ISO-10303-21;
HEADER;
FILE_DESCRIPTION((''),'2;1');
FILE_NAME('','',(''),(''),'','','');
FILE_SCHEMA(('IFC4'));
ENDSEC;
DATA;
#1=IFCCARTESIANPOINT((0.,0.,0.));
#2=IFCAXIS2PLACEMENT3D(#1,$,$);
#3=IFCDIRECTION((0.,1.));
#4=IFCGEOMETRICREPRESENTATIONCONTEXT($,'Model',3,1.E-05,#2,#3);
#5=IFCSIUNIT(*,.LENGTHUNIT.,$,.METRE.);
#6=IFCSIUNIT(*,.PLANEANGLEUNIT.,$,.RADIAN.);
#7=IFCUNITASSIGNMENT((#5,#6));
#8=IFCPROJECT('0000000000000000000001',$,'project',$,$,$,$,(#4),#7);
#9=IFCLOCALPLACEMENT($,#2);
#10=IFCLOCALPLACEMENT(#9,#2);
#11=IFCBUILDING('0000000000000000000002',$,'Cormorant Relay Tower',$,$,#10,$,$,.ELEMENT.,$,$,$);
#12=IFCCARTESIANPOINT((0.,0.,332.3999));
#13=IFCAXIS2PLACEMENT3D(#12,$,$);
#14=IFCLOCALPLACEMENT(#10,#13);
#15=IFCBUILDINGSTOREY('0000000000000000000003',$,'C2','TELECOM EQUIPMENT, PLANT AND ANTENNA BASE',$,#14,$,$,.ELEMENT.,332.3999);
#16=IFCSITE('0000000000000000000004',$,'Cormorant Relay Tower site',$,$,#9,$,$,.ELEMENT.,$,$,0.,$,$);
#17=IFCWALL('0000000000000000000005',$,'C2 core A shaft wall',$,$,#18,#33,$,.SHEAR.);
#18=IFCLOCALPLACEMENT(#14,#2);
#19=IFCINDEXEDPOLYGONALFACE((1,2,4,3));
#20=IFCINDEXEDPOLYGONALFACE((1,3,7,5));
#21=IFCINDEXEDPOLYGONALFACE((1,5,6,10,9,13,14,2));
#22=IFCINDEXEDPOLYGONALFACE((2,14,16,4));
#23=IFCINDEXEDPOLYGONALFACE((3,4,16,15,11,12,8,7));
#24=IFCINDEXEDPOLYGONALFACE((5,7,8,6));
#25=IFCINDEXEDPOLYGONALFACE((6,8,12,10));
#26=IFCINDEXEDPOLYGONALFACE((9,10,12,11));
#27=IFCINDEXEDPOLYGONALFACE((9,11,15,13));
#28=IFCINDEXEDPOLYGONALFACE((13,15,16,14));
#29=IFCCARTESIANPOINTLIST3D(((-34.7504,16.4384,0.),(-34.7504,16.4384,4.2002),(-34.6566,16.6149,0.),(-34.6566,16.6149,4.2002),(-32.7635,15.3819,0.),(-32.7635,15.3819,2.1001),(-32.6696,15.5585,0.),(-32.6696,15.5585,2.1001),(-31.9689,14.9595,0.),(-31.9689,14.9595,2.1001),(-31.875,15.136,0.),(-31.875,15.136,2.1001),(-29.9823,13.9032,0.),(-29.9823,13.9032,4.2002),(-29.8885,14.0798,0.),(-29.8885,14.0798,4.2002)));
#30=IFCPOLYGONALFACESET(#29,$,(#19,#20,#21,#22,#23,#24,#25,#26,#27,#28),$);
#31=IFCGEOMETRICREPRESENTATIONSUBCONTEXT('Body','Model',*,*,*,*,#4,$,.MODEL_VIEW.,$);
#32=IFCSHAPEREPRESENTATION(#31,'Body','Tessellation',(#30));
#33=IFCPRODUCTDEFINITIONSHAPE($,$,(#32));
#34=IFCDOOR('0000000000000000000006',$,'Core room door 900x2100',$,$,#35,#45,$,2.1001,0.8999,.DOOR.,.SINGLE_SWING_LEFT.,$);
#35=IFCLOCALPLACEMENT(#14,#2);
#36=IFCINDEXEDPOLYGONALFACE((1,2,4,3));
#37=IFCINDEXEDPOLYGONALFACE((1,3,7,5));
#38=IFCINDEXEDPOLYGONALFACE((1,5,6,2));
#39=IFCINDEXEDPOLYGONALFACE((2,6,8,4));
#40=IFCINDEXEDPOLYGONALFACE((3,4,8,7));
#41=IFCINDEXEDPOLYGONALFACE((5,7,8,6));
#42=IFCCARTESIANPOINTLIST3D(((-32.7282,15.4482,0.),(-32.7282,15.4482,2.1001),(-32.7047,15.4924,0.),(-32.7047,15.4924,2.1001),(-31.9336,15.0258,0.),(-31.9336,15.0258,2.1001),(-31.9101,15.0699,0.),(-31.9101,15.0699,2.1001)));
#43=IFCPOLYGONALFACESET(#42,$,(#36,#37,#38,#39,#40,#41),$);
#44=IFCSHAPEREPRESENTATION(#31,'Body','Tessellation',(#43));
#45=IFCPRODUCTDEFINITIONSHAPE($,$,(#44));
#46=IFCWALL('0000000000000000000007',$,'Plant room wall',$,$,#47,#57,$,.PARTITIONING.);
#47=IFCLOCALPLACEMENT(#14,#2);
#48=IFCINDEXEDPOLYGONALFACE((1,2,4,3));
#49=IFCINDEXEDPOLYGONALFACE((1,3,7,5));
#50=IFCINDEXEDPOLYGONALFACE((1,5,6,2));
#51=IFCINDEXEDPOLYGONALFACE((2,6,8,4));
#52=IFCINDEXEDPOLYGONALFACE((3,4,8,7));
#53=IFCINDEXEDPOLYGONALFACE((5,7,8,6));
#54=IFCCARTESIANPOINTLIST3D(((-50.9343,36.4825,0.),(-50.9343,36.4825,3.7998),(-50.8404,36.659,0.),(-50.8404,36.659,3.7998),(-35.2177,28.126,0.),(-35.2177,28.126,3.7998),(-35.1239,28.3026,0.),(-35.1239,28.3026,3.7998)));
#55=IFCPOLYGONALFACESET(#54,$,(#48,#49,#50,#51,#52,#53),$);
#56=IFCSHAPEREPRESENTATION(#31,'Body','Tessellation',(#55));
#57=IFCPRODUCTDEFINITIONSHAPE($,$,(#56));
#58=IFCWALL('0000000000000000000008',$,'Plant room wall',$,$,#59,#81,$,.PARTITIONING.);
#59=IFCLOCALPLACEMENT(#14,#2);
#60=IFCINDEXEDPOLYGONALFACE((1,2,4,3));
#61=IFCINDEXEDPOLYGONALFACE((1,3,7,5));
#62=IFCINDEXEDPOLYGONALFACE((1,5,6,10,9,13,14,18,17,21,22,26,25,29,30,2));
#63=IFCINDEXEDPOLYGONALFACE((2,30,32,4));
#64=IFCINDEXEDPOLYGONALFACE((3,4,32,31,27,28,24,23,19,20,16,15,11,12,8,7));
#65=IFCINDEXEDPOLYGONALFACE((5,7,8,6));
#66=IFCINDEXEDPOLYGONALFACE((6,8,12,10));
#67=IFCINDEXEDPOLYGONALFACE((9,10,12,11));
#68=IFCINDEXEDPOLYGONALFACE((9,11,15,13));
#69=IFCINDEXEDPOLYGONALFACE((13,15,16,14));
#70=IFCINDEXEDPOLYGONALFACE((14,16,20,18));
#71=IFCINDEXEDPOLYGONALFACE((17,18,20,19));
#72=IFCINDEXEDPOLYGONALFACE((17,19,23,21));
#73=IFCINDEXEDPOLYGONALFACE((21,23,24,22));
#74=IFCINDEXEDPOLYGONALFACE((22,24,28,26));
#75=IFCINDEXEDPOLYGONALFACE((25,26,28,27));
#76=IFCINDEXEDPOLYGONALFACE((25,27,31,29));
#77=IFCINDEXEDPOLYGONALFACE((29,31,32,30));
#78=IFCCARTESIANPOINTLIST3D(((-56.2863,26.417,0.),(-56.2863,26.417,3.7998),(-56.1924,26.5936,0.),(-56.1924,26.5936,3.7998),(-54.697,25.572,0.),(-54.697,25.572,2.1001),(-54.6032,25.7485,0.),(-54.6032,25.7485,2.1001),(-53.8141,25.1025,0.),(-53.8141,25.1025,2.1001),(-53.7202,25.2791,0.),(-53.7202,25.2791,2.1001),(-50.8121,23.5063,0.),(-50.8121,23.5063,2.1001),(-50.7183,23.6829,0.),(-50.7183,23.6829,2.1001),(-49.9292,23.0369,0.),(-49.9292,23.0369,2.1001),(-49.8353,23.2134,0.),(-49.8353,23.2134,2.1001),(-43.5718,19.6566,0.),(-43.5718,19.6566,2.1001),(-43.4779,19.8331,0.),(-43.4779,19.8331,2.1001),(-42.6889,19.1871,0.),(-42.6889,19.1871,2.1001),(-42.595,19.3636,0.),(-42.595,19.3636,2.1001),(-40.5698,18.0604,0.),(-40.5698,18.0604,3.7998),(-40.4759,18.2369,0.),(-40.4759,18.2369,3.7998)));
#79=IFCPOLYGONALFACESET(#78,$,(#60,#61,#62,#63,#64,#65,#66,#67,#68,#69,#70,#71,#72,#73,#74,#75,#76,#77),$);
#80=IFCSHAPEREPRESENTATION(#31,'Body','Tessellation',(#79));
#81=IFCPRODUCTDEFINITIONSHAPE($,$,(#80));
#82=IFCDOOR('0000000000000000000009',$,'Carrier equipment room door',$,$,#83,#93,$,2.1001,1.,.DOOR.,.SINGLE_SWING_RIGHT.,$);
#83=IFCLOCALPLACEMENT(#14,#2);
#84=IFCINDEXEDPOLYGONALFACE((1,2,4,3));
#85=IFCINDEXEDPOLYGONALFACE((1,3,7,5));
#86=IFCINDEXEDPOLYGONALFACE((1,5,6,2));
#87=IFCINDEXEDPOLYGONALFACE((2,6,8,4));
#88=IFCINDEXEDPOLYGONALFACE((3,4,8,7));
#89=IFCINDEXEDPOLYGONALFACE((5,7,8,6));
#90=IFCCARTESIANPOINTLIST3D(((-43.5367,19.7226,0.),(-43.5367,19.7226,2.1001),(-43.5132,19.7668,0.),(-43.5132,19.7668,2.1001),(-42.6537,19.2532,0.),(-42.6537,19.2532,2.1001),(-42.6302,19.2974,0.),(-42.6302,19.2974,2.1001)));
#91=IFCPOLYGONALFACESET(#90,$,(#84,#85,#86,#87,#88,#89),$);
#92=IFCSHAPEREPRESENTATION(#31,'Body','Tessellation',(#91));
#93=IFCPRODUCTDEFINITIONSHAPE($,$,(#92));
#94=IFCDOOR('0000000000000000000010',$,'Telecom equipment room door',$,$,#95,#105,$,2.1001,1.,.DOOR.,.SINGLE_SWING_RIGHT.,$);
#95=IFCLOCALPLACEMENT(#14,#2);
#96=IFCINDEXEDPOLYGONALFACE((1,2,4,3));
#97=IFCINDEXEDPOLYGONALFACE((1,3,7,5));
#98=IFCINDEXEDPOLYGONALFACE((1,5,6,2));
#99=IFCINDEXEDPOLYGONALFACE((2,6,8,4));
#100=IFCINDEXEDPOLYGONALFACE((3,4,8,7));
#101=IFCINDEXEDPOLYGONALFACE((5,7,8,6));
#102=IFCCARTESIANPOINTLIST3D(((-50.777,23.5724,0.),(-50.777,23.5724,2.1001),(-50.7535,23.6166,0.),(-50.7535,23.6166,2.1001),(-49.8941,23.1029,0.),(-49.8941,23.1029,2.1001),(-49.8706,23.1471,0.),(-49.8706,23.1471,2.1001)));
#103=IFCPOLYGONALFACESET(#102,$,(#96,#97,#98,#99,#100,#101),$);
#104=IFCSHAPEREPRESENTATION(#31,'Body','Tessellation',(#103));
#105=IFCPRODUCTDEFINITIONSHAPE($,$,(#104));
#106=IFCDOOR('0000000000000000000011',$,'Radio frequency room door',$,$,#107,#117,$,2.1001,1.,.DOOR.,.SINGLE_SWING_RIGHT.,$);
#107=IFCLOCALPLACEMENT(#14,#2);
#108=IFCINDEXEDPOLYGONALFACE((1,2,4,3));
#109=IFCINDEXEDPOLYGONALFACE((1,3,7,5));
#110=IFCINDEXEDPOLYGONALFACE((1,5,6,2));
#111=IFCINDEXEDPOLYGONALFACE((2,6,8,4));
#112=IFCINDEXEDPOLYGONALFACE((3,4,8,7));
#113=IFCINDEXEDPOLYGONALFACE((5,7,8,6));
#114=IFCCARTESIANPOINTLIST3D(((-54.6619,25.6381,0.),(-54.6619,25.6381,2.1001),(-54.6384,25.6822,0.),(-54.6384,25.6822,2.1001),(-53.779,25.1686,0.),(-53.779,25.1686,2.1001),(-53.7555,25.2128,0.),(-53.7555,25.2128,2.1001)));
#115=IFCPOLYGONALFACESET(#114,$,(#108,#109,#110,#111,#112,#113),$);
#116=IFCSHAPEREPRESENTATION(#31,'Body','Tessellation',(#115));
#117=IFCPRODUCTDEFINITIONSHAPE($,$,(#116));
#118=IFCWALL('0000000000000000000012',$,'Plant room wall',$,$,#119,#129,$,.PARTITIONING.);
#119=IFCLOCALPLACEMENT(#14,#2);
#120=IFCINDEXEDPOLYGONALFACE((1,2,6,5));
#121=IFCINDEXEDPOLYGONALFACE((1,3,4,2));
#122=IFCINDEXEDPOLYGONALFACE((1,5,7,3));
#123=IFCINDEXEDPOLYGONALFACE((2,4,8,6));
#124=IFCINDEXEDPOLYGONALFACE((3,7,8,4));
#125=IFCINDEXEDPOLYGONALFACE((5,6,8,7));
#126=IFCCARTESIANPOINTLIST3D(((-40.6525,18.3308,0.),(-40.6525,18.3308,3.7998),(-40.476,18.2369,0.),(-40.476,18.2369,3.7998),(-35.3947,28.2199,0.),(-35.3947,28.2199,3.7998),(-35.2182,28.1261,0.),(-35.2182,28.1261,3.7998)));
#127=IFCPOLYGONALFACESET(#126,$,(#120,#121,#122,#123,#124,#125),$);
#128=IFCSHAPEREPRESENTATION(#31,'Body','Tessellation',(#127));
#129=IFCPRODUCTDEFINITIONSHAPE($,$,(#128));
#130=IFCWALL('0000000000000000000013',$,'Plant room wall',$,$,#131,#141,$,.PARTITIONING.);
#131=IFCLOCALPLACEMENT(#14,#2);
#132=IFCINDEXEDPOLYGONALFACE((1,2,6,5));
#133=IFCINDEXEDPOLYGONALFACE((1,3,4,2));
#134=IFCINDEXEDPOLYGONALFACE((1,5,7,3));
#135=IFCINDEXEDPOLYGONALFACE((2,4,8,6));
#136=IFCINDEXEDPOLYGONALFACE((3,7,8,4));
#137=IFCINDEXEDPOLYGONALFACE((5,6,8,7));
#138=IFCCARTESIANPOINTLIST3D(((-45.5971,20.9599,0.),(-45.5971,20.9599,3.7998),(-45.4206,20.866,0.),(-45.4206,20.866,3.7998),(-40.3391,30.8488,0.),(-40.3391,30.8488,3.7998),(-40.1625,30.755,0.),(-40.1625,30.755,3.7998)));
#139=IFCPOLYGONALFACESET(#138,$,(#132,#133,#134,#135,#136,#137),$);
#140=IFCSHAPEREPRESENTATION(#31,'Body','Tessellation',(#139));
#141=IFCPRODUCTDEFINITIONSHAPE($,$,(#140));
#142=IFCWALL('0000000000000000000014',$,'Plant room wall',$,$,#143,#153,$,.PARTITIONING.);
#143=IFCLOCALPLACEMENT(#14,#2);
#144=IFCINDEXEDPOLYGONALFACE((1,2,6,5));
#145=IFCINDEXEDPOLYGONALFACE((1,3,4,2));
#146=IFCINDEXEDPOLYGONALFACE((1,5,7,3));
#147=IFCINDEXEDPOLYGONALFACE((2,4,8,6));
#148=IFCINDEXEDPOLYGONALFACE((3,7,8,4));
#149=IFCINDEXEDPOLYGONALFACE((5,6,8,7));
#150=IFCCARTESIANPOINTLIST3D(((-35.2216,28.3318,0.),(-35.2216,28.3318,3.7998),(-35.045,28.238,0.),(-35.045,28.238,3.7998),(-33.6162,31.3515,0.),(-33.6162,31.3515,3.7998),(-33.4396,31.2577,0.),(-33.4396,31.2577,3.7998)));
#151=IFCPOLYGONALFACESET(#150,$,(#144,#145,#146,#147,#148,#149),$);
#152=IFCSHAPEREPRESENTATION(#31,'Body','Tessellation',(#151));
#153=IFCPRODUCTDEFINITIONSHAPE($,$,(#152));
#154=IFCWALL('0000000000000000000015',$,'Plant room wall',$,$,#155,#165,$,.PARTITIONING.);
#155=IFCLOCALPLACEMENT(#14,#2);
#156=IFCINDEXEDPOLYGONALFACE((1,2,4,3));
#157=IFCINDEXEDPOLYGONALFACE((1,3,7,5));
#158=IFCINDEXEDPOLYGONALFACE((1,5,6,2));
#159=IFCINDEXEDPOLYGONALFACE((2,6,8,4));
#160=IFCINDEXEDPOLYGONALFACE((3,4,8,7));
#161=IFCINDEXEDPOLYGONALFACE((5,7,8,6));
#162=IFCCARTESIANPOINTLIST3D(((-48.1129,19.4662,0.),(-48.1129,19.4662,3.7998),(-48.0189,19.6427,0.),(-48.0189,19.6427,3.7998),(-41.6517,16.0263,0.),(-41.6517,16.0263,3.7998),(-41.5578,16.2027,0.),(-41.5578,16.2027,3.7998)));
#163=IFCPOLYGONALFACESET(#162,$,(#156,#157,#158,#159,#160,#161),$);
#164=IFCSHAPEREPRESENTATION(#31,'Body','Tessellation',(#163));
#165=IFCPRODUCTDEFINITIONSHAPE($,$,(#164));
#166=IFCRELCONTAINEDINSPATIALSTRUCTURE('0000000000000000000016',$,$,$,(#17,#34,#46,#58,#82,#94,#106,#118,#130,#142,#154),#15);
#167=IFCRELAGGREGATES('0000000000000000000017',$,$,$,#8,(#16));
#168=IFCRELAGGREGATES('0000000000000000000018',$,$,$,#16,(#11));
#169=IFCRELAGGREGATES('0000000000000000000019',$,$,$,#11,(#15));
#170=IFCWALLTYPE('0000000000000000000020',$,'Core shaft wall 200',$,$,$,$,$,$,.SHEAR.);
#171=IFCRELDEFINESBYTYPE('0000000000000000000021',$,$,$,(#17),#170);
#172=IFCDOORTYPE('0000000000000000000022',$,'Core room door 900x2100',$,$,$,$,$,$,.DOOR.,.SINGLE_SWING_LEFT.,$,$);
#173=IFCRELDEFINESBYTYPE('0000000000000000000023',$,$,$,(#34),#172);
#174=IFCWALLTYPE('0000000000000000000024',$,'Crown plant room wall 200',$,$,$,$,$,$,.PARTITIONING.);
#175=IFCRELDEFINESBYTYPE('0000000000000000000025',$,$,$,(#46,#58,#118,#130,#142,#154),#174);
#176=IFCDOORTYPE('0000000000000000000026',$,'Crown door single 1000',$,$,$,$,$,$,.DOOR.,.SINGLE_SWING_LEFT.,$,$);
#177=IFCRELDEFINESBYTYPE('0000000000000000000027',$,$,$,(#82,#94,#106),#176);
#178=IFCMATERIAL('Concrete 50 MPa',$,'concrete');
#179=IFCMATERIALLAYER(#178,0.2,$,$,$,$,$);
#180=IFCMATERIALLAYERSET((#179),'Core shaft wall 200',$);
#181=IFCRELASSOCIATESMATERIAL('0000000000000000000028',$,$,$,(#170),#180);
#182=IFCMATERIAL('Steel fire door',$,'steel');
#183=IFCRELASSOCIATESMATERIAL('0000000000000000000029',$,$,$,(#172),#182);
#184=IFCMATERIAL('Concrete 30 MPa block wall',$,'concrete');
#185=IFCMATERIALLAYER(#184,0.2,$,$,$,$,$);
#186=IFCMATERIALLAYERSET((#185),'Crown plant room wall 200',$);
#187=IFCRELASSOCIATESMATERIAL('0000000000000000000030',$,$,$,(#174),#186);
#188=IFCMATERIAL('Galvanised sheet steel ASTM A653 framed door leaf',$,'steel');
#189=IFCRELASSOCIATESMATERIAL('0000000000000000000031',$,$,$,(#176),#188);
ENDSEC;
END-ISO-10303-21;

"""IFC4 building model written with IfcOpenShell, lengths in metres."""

from ifc_helpers import new_model, si_unit, direction, frame, frame_2d, origin, place, context, subcontext, project, spatial, rectangle, extrude, material, layer, layer_set, type_object, element, fill, save


model = new_model("IFC4")

# Units and contexts
model_context = context("Model", 3, precision=1e-05, world=origin(), true_north=direction((0.0, 1.0)))
body_context = subcontext(model_context, "Body", "Model", "MODEL_VIEW")
ifc_project = project(units=[si_unit("LENGTHUNIT", "METRE"), si_unit("PLANEANGLEUNIT", "RADIAN")], contexts=[model_context])

# Site, building, storey
site_placement = place(None, origin())
site = spatial("IfcSite", under=ifc_project, at=site_placement, Name="Cormorant Relay Tower site", CompositionType="ELEMENT", RefElevation=0.0)
building_placement = place(site_placement, origin())
building = spatial("IfcBuilding", under=site, at=building_placement, Name="Cormorant Relay Tower", CompositionType="ELEMENT")
storey_placement = place(building_placement, frame((0.0, 0.0, 332.3999)))
storey = spatial("IfcBuildingStorey", under=building, at=storey_placement, Name="C2", Description="TELECOM EQUIPMENT, PLANT AND ANTENNA BASE", CompositionType="ELEMENT", Elevation=332.3999)

# Shared definitions
ifc_material_1 = material(Name="Concrete 50 MPa", Category="concrete")
ifc_layer_1 = layer(ifc_material_1, 0.2)
ifc_layer_set_1 = layer_set([ifc_layer_1], Name="Core shaft wall 200")
wall_type_1 = type_object("IfcWallType", Name="Core shaft wall 200", PredefinedType="SHEAR", material=ifc_layer_set_1)

# Shared definitions
ifc_material_2 = material(Name="Steel fire door", Category="steel")
door_type_1 = type_object("IfcDoorType", Name="Core room door 900x2100", OperationType="SINGLE_SWING_LEFT", PredefinedType="DOOR", material=ifc_material_2)

# Wall, opening, door
wall_1_placement = place(storey_placement, frame((-29.9353, 13.9915, 0.0), z_axis=(0.0, 0.0, 1.0), x_axis=(-0.882953, 0.469462, 0.0)))
wall_1 = element("IfcWall", 1, at=wall_1_placement, inside=storey, type_object=wall_type_1, Name="C2 core A shaft wall", PredefinedType="SHEAR", context=body_context, shape_type="SweptSolid", body=[
    extrude(rectangle(XDim=5.4001, YDim=0.2, at=frame_2d((2.7002, 0.0))), origin(), (0.0, 0.0, 1.0), 4.2002),
])
opening_1_placement = place(wall_1_placement, frame((2.25, 0.0, 0.0)))
opening_1 = element("IfcOpeningElement", 2, at=opening_1_placement, cuts=wall_1, PredefinedType="OPENING", context=body_context, shape_type="SweptSolid", body=[
    extrude(rectangle(XDim=0.8999, YDim=2.1001, at=frame_2d((0.45, 1.05))), frame((0.0, 0.1099, 0.0), z_axis=(0.0, -1.0, 0.0), x_axis=(1.0, 0.0, 0.0)), (0.0, 0.0, 1.0), 0.22),
])
door_1_placement = place(opening_1_placement, origin())
door_1 = element("IfcDoor", 3, at=door_1_placement, inside=storey, type_object=door_type_1, Name="Core room door 900x2100", OperationType="SINGLE_SWING_LEFT", OverallHeight=2.1001, OverallWidth=0.8999, PredefinedType="DOOR", context=body_context, shape_type="SweptSolid", body=[
    extrude(rectangle(XDim=0.8999, YDim=2.1001, at=frame_2d((0.45, 1.05))), frame((0.0, 0.0249, 0.0), z_axis=(0.0, -1.0, 0.0), x_axis=(1.0, 0.0, 0.0)), (0.0, 0.0, 1.0), 0.05),
])
fill(opening_1, door_1)

# Wall
ifc_material_3 = material(Name="Concrete 30 MPa block wall", Category="concrete")
ifc_layer_2 = layer(ifc_material_3, 0.2)
ifc_layer_set_2 = layer_set([ifc_layer_2], Name="Crown plant room wall 200")
wall_type_2 = type_object("IfcWallType", Name="Crown plant room wall 200", PredefinedType="PARTITIONING", material=ifc_layer_set_2)
wall_2_placement = place(storey_placement, frame((-35.1709, 28.2144, 0.0), z_axis=(0.0, 0.0, 1.0), x_axis=(-0.882952, 0.469463, 0.0)))
element("IfcWall", 4, at=wall_2_placement, inside=storey, type_object=wall_type_2, Name="Plant room wall", PredefinedType="PARTITIONING", context=body_context, shape_type="SweptSolid", body=[
    extrude(rectangle(XDim=17.8, YDim=0.2, at=frame_2d((8.8999, 0.0))), origin(), (0.0, 0.0, 1.0), 3.7998),
])

# Wall, openings, doors
wall_3_placement = place(storey_placement, frame((-40.5229, 18.1487, 0.0), z_axis=(0.0, 0.0, 1.0), x_axis=(-0.882946, 0.469474, 0.0)))
wall_3 = element("IfcWall", 5, at=wall_3_placement, inside=storey, type_object=wall_type_2, Name="Plant room wall", PredefinedType="PARTITIONING", context=body_context, shape_type="SweptSolid", body=[
    extrude(rectangle(XDim=17.8, YDim=0.2, at=frame_2d((8.8999, 0.0))), origin(), (0.0, 0.0, 1.0), 3.7998),
])
opening_2_placement = place(wall_3_placement, frame((2.3999, 0.0, 0.0)))
opening_2 = element("IfcOpeningElement", 6, at=opening_2_placement, cuts=wall_3, PredefinedType="OPENING", context=body_context, shape_type="SweptSolid", body=[
    extrude(rectangle(XDim=1.0, YDim=2.1001, at=frame_2d((0.5, 1.05))), frame((0.0, 0.1099, 0.0), z_axis=(0.0, -1.0, 0.0), x_axis=(1.0, 0.0, 0.0)), (0.0, 0.0, 1.0), 0.22),
])
opening_3_placement = place(wall_3_placement, frame((10.6001, 0.0, 0.0)))
opening_3 = element("IfcOpeningElement", 7, at=opening_3_placement, cuts=wall_3, PredefinedType="OPENING", context=body_context, shape_type="SweptSolid", body=[
    extrude(rectangle(XDim=1.0, YDim=2.1001, at=frame_2d((0.5, 1.05))), frame((0.0, 0.1099, 0.0), z_axis=(0.0, -1.0, 0.0), x_axis=(1.0, 0.0, 0.0)), (0.0, 0.0, 1.0), 0.22),
])
opening_4_placement = place(wall_3_placement, frame((15.0, 0.0, 0.0)))
opening_4 = element("IfcOpeningElement", 8, at=opening_4_placement, cuts=wall_3, PredefinedType="OPENING", context=body_context, shape_type="SweptSolid", body=[
    extrude(rectangle(XDim=1.0, YDim=2.1001, at=frame_2d((0.5, 1.05))), frame((0.0, 0.1099, 0.0), z_axis=(0.0, -1.0, 0.0), x_axis=(1.0, 0.0, 0.0)), (0.0, 0.0, 1.0), 0.22),
])
ifc_material_4 = material(Name="Galvanised sheet steel ASTM A653 framed door leaf", Category="steel")
door_type_2 = type_object("IfcDoorType", Name="Crown door single 1000", OperationType="SINGLE_SWING_LEFT", PredefinedType="DOOR", material=ifc_material_4)
door_2_placement = place(opening_2_placement, frame((1.0, 0.0, 0.0), z_axis=(0.0, 0.0, 1.0), x_axis=(-1.0, 0.0, 0.0)))
door_2 = element("IfcDoor", 9, at=door_2_placement, inside=storey, type_object=door_type_2, Name="Carrier equipment room door", OperationType="SINGLE_SWING_RIGHT", OverallHeight=2.1001, OverallWidth=1.0, PredefinedType="DOOR", context=body_context, shape_type="SweptSolid", body=[
    extrude(rectangle(XDim=1.0, YDim=2.1001, at=frame_2d((0.5, 1.05))), frame((0.0, 0.0249, 0.0), z_axis=(0.0, -1.0, 0.0), x_axis=(1.0, 0.0, 0.0)), (0.0, 0.0, 1.0), 0.05),
])
fill(opening_2, door_2)
door_3_placement = place(opening_3_placement, frame((1.0, 0.0, 0.0), z_axis=(0.0, 0.0, 1.0), x_axis=(-1.0, 0.0, 0.0)))
door_3 = element("IfcDoor", 10, at=door_3_placement, inside=storey, type_object=door_type_2, Name="Telecom equipment room door", OperationType="SINGLE_SWING_RIGHT", OverallHeight=2.1001, OverallWidth=1.0, PredefinedType="DOOR", context=body_context, shape_type="SweptSolid", body=[
    extrude(rectangle(XDim=1.0, YDim=2.1001, at=frame_2d((0.5, 1.05))), frame((0.0, 0.0249, 0.0), z_axis=(0.0, -1.0, 0.0), x_axis=(1.0, 0.0, 0.0)), (0.0, 0.0, 1.0), 0.05),
])
fill(opening_3, door_3)
door_4_placement = place(opening_4_placement, frame((1.0, 0.0, 0.0), z_axis=(0.0, 0.0, 1.0), x_axis=(-1.0, 0.0, 0.0)))
door_4 = element("IfcDoor", 11, at=door_4_placement, inside=storey, type_object=door_type_2, Name="Radio frequency room door", OperationType="SINGLE_SWING_RIGHT", OverallHeight=2.1001, OverallWidth=1.0, PredefinedType="DOOR", context=body_context, shape_type="SweptSolid", body=[
    extrude(rectangle(XDim=1.0, YDim=2.1001, at=frame_2d((0.5, 1.05))), frame((0.0, 0.0249, 0.0), z_axis=(0.0, -1.0, 0.0), x_axis=(1.0, 0.0, 0.0)), (0.0, 0.0, 1.0), 0.05),
])
fill(opening_4, door_4)

# Walls
for number, where, z_axis, x_axis, name in (
    (12, (-35.3064, 28.1731, 0.0), (0.0, 0.0, 1.0), (-0.469447, -0.88296, 0.0), "Plant room wall"),
    (13, (-40.2507, 30.802, 0.0), (0.0, 0.0, 1.0), (-0.469473, -0.882947, 0.0), "Plant room wall"),
):
    element("IfcWall", number, at=place(storey_placement, frame(where, z_axis=z_axis, x_axis=x_axis)), inside=storey, type_object=wall_type_2, Name=name, PredefinedType="PARTITIONING", context=body_context, shape_type="SweptSolid", body=[
        extrude(rectangle(XDim=11.2, YDim=0.2, at=frame_2d((5.6001, 0.0))), origin(), (0.0, 0.0, 1.0), 3.7998),
    ])
wall_4_placement = place(storey_placement, frame((-35.1333, 28.2849, 0.0), z_axis=(0.0, 0.0, 1.0), x_axis=(0.469432, 0.882969, 0.0)))
element("IfcWall", 14, at=wall_4_placement, inside=storey, type_object=wall_type_2, Name="Plant room wall", PredefinedType="PARTITIONING", context=body_context, shape_type="SweptSolid", body=[
    extrude(rectangle(XDim=3.4199, YDim=0.2, at=frame_2d((1.71, 0.0))), origin(), (0.0, 0.0, 1.0), 3.7998),
])
wall_5_placement = place(storey_placement, frame((-41.6047, 16.1145, 0.0), z_axis=(0.0, 0.0, 1.0), x_axis=(-0.882694, 0.469948, 0.0)))
element("IfcWall", 15, at=wall_5_placement, inside=storey, type_object=wall_type_2, Name="Plant room wall", PredefinedType="PARTITIONING", context=body_context, shape_type="SweptSolid", body=[
    extrude(rectangle(XDim=7.3198, YDim=0.2, at=frame_2d((3.6599, 0.0))), origin(), (0.0, 0.0, 1.0), 3.7998),
])

save(model, "model.ifc")
